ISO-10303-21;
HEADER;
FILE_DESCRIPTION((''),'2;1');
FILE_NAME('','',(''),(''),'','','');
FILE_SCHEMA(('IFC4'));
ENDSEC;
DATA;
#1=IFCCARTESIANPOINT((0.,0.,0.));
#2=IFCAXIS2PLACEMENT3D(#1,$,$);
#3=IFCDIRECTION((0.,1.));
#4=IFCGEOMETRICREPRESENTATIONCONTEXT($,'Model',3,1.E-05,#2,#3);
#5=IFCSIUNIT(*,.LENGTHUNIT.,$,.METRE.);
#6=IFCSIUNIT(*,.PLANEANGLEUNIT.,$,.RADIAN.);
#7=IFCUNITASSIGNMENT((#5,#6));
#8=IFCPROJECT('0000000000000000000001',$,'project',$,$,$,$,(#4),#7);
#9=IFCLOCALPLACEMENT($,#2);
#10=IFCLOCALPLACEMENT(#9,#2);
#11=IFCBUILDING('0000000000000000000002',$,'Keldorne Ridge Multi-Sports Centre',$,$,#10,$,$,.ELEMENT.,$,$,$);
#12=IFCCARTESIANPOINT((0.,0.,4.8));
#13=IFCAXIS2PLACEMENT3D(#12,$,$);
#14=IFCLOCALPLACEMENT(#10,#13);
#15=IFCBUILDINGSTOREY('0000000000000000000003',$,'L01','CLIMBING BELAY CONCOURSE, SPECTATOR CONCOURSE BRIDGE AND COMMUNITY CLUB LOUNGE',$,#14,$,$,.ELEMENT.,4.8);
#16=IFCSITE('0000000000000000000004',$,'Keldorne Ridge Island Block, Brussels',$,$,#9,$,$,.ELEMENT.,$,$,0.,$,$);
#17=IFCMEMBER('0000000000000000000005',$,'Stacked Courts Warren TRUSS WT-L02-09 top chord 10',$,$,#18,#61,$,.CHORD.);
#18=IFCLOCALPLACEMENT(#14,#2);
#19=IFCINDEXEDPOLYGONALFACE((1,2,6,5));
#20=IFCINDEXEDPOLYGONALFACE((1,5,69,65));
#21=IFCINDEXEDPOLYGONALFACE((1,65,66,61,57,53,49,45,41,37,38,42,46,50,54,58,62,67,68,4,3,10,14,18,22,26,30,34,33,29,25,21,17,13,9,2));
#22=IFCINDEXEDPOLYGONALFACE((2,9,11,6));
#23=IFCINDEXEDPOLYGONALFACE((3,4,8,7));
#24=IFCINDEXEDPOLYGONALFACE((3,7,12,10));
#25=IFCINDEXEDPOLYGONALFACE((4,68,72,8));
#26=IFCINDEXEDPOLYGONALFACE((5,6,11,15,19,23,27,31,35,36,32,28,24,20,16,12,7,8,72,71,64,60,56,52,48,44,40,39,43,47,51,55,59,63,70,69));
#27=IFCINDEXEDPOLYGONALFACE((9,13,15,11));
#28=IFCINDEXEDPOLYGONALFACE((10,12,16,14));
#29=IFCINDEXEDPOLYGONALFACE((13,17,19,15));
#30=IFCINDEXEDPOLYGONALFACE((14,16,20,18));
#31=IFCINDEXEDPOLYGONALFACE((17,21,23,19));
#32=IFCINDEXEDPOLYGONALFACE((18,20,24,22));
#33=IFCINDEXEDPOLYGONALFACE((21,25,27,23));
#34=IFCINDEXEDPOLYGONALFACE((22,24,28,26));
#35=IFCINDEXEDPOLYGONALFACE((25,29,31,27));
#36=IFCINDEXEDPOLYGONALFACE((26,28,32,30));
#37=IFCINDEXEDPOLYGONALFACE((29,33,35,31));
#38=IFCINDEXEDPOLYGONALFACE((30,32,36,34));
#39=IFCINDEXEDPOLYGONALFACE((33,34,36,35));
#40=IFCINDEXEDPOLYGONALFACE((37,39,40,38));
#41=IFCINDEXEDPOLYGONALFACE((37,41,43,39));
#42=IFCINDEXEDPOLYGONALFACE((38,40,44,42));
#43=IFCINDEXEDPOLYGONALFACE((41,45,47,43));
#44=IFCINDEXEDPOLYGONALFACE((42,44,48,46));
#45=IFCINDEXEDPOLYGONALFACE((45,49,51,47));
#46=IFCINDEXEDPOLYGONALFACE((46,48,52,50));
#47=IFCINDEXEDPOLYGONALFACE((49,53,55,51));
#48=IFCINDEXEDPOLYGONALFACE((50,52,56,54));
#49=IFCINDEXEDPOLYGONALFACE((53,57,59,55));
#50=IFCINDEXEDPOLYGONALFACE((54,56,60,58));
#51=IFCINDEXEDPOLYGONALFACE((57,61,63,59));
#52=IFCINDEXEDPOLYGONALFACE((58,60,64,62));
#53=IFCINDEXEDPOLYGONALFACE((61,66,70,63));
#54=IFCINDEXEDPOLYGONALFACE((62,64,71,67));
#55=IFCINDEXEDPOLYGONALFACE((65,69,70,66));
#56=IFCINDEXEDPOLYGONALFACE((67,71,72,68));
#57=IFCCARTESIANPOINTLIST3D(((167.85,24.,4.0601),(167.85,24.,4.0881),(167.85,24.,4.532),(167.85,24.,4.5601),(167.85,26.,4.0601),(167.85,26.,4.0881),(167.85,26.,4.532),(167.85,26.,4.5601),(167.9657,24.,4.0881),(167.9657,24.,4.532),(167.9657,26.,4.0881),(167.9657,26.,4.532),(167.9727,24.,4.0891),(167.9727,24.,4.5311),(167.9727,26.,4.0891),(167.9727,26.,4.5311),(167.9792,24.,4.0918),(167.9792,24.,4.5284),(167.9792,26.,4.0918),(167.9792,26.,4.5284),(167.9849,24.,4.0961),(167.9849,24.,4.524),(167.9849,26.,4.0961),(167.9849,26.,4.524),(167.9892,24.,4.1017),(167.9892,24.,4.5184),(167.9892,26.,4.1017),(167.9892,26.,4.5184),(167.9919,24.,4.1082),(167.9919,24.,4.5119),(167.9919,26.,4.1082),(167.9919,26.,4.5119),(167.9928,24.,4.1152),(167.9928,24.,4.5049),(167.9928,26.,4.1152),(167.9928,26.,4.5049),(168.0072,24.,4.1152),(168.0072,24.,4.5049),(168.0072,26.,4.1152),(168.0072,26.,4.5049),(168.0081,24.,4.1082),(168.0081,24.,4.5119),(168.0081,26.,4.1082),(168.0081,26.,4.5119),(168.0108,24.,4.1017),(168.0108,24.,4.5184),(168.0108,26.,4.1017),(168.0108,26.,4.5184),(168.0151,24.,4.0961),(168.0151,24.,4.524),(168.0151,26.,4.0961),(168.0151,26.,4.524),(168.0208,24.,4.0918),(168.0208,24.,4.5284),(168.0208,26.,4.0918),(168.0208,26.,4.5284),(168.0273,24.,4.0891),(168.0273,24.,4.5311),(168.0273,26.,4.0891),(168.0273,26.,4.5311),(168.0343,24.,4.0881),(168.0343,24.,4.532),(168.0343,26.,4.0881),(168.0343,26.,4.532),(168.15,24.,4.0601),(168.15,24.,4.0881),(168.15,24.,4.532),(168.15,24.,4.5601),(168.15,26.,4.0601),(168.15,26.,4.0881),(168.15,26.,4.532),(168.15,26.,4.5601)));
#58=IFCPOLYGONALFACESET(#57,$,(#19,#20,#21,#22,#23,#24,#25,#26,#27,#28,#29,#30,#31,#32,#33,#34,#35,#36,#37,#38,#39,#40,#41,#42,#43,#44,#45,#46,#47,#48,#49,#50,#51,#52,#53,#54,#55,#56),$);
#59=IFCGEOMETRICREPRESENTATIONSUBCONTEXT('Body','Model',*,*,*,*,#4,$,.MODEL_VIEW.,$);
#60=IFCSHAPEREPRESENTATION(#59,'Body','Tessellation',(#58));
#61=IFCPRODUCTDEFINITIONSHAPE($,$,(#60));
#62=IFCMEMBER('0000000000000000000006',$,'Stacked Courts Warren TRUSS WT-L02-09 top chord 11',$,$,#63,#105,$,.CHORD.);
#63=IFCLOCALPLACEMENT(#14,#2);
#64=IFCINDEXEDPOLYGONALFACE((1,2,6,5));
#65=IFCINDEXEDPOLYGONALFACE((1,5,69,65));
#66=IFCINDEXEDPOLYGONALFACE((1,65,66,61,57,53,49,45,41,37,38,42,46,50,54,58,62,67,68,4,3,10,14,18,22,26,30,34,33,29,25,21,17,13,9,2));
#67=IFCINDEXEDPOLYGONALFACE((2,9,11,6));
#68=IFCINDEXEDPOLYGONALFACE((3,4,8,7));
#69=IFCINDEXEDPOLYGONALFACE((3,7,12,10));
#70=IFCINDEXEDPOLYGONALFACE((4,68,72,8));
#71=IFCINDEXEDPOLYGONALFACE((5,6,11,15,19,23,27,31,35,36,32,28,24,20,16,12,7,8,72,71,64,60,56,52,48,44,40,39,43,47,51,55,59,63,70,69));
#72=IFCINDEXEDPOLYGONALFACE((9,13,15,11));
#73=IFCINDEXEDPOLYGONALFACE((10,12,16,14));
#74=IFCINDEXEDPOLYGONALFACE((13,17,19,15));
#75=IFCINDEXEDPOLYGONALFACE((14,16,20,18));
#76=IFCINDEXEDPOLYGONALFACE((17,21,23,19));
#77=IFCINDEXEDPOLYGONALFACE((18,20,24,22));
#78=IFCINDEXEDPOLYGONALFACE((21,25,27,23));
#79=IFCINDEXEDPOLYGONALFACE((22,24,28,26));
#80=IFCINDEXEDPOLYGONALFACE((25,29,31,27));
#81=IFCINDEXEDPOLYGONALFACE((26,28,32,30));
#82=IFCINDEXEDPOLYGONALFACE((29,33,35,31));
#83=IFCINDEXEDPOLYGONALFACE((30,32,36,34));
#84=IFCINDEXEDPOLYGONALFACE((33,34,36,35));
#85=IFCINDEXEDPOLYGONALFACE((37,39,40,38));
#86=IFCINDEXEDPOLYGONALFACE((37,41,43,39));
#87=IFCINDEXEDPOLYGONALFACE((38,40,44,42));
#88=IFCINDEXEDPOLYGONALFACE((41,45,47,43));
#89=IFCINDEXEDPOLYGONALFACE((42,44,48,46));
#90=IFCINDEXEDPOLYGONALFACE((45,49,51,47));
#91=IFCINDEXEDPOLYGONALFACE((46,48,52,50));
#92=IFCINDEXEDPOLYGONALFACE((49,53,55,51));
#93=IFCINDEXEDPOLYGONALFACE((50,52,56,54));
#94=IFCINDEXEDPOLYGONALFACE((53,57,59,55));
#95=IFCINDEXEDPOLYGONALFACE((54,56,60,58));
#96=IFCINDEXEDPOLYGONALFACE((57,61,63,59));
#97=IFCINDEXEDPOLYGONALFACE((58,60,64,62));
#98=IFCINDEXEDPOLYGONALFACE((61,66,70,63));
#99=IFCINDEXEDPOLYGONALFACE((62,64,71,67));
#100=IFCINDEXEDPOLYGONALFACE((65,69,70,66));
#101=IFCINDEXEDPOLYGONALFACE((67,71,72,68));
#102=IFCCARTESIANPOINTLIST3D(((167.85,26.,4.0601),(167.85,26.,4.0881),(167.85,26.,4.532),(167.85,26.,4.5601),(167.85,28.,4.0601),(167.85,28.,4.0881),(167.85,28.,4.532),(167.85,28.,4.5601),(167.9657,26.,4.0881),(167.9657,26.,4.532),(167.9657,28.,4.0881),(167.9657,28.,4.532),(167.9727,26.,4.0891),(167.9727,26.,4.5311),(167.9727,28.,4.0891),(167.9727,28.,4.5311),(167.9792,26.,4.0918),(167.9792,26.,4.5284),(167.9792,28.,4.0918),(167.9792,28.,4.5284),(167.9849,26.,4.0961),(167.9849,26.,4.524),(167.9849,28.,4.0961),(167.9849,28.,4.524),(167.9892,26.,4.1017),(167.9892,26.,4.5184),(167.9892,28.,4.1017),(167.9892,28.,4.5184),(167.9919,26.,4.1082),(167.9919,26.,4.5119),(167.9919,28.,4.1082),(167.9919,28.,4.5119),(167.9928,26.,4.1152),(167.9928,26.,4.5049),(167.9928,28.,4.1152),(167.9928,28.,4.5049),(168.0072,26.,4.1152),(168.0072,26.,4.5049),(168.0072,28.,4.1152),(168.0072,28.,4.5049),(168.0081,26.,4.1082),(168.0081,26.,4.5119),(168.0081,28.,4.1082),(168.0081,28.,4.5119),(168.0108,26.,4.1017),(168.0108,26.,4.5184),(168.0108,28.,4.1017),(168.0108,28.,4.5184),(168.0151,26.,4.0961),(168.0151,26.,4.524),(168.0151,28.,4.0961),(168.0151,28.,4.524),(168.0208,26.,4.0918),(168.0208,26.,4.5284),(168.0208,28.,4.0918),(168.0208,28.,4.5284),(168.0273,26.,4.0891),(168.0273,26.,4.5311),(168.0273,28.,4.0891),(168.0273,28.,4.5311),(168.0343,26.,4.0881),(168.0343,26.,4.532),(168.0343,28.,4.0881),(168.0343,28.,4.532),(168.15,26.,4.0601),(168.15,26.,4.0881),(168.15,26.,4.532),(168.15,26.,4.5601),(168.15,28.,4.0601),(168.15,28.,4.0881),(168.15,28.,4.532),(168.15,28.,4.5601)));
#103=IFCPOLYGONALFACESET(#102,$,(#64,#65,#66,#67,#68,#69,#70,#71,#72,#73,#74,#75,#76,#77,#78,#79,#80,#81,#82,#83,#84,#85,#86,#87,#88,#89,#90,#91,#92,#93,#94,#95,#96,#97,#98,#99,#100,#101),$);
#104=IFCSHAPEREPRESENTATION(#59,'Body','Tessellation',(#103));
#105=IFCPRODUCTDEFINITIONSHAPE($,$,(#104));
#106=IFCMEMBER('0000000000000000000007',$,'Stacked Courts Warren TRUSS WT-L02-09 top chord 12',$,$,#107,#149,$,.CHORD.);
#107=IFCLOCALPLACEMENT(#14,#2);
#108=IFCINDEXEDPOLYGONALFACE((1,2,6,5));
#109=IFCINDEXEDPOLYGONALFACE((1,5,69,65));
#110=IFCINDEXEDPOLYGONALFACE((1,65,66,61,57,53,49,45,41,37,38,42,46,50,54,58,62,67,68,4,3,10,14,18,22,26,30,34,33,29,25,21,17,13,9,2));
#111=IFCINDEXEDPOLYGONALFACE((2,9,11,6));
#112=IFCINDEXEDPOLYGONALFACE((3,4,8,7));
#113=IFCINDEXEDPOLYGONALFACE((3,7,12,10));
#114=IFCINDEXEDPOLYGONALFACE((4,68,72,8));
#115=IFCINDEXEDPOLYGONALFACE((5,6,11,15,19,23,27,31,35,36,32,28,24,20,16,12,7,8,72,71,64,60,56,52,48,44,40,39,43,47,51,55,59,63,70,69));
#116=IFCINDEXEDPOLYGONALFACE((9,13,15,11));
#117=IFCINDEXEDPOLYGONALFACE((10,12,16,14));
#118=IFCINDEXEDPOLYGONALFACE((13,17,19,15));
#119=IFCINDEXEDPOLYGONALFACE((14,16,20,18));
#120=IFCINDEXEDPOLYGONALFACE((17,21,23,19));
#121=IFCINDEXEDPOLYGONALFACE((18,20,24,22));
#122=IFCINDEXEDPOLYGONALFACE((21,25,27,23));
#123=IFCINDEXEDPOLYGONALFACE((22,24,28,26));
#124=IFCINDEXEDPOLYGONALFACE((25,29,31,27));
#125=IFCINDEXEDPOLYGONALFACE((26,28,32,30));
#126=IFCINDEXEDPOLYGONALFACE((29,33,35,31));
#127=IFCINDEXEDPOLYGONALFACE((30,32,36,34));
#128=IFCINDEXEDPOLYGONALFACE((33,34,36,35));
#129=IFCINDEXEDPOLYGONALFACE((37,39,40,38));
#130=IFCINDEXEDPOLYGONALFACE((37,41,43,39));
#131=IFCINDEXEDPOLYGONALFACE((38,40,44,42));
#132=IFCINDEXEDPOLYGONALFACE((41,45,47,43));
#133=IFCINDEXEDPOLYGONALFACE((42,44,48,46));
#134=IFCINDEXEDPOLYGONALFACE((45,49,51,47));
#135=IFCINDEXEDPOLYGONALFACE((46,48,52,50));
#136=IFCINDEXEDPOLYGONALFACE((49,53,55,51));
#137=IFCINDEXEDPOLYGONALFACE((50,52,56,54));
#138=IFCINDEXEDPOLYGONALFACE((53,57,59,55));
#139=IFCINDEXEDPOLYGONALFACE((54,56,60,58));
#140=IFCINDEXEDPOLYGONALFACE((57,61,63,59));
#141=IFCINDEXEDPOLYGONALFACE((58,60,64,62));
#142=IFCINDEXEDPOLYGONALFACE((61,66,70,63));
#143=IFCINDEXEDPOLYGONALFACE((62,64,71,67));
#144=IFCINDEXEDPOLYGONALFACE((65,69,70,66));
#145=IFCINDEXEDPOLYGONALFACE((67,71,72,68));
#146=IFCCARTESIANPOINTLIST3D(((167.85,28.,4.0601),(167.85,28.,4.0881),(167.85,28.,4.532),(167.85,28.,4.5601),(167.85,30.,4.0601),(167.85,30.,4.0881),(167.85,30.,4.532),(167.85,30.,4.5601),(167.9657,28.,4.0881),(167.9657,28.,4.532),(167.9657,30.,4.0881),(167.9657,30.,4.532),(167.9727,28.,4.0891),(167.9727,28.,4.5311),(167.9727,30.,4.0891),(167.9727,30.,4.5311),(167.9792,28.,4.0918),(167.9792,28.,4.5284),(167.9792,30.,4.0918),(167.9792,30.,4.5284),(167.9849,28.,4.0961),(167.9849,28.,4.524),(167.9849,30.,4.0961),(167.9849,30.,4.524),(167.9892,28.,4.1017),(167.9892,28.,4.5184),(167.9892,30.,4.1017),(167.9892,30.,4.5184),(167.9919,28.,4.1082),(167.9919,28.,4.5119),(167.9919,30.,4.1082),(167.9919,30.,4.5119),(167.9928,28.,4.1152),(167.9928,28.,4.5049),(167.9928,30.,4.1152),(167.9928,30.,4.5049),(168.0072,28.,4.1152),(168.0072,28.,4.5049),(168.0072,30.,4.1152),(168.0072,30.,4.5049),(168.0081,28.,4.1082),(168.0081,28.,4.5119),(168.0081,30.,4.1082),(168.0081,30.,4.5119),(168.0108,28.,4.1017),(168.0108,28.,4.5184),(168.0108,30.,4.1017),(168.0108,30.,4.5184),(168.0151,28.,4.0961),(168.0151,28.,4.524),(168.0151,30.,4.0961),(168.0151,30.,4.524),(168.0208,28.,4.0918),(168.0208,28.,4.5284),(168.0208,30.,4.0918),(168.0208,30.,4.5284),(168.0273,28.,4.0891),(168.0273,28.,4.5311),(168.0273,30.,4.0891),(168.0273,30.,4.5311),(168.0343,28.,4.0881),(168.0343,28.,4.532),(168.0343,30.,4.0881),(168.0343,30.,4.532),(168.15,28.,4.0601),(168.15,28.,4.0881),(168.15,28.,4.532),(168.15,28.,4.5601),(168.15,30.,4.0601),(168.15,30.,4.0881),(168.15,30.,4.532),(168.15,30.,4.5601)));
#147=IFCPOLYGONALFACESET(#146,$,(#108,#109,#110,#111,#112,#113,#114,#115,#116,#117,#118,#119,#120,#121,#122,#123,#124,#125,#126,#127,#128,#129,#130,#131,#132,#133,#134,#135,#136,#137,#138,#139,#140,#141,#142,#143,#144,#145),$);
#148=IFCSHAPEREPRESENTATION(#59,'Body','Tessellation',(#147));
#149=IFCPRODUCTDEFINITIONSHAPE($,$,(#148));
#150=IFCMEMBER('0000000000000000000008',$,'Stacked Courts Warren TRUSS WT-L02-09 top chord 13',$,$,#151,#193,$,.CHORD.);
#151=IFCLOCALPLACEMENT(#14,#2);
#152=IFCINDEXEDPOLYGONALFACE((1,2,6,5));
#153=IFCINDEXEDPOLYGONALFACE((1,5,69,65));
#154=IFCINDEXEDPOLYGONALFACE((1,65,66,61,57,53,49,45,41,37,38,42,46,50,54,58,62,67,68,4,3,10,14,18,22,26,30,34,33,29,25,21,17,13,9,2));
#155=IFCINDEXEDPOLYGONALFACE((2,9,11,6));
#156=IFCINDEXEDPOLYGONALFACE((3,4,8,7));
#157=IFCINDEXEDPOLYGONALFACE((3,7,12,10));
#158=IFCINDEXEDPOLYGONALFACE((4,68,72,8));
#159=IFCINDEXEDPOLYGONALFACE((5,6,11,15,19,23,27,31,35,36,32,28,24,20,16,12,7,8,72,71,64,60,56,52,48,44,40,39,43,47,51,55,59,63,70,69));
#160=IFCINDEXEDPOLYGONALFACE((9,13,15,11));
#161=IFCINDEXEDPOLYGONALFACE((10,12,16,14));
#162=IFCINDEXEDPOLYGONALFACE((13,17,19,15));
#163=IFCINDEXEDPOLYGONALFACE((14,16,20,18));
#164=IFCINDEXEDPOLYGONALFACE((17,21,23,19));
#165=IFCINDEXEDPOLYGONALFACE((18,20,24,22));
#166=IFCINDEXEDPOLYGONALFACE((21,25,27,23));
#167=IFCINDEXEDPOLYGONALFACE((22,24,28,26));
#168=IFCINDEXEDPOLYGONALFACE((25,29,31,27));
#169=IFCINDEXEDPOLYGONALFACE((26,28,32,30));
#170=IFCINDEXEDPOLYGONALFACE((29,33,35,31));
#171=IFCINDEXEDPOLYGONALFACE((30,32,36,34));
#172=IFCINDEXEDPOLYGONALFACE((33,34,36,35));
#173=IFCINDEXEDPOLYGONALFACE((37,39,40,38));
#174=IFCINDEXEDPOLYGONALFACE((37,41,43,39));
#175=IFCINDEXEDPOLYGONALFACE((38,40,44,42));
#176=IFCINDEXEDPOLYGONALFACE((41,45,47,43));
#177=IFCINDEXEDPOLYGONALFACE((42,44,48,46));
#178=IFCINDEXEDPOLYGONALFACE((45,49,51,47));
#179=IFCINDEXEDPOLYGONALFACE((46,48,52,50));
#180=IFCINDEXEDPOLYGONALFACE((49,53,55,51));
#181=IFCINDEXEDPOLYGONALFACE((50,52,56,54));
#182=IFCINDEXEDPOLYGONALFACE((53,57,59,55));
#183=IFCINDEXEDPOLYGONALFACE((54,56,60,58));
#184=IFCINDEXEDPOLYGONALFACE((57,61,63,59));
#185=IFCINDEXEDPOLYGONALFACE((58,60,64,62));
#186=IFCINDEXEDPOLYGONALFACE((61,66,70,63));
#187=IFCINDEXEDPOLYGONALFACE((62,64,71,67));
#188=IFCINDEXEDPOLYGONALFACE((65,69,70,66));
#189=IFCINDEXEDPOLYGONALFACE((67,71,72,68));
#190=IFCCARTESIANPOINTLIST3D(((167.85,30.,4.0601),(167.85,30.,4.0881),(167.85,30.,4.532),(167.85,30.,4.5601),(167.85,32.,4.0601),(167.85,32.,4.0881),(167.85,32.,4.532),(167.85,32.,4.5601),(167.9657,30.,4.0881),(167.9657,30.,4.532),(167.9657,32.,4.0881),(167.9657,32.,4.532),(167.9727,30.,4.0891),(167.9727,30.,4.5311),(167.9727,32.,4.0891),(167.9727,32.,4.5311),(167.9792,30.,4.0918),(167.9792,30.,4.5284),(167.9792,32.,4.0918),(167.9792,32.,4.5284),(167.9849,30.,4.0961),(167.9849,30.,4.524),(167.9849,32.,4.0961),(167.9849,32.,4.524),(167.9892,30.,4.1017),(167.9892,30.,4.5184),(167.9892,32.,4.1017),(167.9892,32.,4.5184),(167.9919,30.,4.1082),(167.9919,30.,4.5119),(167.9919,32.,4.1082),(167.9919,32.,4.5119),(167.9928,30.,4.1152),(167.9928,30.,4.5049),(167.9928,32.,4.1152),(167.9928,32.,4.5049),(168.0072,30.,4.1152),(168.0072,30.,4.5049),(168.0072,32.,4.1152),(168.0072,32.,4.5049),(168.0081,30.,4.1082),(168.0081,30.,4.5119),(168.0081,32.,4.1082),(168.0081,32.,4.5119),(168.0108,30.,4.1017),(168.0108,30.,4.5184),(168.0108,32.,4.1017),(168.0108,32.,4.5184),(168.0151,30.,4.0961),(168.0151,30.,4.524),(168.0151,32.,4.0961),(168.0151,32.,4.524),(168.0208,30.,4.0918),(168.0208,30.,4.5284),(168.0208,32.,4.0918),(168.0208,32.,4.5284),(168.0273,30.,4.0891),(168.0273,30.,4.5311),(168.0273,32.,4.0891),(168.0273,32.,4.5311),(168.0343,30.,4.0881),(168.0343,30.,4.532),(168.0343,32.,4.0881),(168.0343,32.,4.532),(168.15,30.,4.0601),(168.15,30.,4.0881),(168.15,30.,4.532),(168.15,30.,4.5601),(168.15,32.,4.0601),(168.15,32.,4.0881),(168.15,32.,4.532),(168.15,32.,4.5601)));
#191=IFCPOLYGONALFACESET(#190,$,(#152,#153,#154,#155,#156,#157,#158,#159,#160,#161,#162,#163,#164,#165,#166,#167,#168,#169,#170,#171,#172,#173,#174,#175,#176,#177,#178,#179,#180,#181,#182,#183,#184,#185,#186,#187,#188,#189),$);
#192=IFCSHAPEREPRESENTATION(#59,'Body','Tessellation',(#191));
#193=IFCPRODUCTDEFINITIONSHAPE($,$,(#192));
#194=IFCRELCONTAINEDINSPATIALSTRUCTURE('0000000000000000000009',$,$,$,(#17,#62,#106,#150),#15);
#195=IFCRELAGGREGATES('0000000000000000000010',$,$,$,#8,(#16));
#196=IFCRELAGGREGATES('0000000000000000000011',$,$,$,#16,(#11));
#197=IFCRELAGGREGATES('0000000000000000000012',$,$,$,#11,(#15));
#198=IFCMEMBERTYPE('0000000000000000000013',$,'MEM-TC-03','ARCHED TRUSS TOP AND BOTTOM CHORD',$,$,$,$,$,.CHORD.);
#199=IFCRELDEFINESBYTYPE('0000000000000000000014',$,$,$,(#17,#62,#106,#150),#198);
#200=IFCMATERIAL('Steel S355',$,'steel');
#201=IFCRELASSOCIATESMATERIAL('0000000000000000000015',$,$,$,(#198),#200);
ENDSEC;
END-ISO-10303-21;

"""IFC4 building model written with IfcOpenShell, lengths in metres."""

from ifc_helpers import new_model, si_unit, direction, frame, origin, origin_2d, place, context, subcontext, project, spatial, i_section, extrude, material, material_profile, profile_set, type_object, element, save


model = new_model("IFC4")

# Units and contexts
model_context = context("Model", 3, precision=1e-05, world=origin(), true_north=direction((0.0, 1.0)))
body_context = subcontext(model_context, "Body", "Model", "MODEL_VIEW")
ifc_project = project(units=[si_unit("LENGTHUNIT", "METRE"), si_unit("PLANEANGLEUNIT", "RADIAN")], contexts=[model_context])

# Site, building, storey
site_placement = place(None, origin())
site = spatial("IfcSite", under=ifc_project, at=site_placement, Name="Keldorne Ridge Island Block, Brussels", CompositionType="ELEMENT", RefElevation=0.0)
building_placement = place(site_placement, origin())
building = spatial("IfcBuilding", under=site, at=building_placement, Name="Keldorne Ridge Multi-Sports Centre", CompositionType="ELEMENT")
storey_placement = place(building_placement, frame((0.0, 0.0, 4.8)))
storey = spatial("IfcBuildingStorey", under=building, at=storey_placement, Name="L01", Description="CLIMBING BELAY CONCOURSE, SPECTATOR CONCOURSE BRIDGE AND COMMUNITY CLUB LOUNGE", CompositionType="ELEMENT", Elevation=4.8)

# Shared definitions
ifc_material_1 = material(Name="Steel S355", Category="steel")

# Members
ifc_material_profile_1 = material_profile(ifc_material_1, i_section(OverallWidth=0.3, OverallDepth=0.5, WebThickness=0.0144, FlangeThickness=0.0281, FilletRadius=0.0271, at=origin_2d()), Name="HEB 500")
ifc_profile_set_1 = profile_set([ifc_material_profile_1], Name="Steel S355")
member_type_1 = type_object("IfcMemberType", Name="MEM-TC-03", Description="ARCHED TRUSS TOP AND BOTTOM CHORD", PredefinedType="CHORD", material=ifc_profile_set_1)
for number, where, z_axis, x_axis, name in (
    (1, (168.0, 24.0, 4.3101), (0.0, 1.0, 0.0), (-1.0, 0.0, 0.0), "Stacked Courts Warren TRUSS WT-L02-09 top chord 10"),
    (2, (168.0, 26.0, 4.3101), (0.0, 1.0, 0.0), (-1.0, 0.0, 0.0), "Stacked Courts Warren TRUSS WT-L02-09 top chord 11"),
    (3, (168.0, 28.0, 4.3101), (0.0, 1.0, 0.0), (-1.0, 0.0, 0.0), "Stacked Courts Warren TRUSS WT-L02-09 top chord 12"),
    (4, (168.0, 30.0, 4.3101), (0.0, 1.0, 0.0), (-1.0, 0.0, 0.0), "Stacked Courts Warren TRUSS WT-L02-09 top chord 13"),
):
    element("IfcMember", number, at=place(storey_placement, frame(where, z_axis=z_axis, x_axis=x_axis)), inside=storey, type_object=member_type_1, Name=name, PredefinedType="CHORD", context=body_context, shape_type="SweptSolid", body=[
        extrude(i_section(OverallWidth=0.3, OverallDepth=0.5, WebThickness=0.0144, FlangeThickness=0.0281, FilletRadius=0.0271, at=origin_2d()), origin(), (0.0, 0.0, 1.0), 2.0),
    ])

save(model, "model.ifc")
